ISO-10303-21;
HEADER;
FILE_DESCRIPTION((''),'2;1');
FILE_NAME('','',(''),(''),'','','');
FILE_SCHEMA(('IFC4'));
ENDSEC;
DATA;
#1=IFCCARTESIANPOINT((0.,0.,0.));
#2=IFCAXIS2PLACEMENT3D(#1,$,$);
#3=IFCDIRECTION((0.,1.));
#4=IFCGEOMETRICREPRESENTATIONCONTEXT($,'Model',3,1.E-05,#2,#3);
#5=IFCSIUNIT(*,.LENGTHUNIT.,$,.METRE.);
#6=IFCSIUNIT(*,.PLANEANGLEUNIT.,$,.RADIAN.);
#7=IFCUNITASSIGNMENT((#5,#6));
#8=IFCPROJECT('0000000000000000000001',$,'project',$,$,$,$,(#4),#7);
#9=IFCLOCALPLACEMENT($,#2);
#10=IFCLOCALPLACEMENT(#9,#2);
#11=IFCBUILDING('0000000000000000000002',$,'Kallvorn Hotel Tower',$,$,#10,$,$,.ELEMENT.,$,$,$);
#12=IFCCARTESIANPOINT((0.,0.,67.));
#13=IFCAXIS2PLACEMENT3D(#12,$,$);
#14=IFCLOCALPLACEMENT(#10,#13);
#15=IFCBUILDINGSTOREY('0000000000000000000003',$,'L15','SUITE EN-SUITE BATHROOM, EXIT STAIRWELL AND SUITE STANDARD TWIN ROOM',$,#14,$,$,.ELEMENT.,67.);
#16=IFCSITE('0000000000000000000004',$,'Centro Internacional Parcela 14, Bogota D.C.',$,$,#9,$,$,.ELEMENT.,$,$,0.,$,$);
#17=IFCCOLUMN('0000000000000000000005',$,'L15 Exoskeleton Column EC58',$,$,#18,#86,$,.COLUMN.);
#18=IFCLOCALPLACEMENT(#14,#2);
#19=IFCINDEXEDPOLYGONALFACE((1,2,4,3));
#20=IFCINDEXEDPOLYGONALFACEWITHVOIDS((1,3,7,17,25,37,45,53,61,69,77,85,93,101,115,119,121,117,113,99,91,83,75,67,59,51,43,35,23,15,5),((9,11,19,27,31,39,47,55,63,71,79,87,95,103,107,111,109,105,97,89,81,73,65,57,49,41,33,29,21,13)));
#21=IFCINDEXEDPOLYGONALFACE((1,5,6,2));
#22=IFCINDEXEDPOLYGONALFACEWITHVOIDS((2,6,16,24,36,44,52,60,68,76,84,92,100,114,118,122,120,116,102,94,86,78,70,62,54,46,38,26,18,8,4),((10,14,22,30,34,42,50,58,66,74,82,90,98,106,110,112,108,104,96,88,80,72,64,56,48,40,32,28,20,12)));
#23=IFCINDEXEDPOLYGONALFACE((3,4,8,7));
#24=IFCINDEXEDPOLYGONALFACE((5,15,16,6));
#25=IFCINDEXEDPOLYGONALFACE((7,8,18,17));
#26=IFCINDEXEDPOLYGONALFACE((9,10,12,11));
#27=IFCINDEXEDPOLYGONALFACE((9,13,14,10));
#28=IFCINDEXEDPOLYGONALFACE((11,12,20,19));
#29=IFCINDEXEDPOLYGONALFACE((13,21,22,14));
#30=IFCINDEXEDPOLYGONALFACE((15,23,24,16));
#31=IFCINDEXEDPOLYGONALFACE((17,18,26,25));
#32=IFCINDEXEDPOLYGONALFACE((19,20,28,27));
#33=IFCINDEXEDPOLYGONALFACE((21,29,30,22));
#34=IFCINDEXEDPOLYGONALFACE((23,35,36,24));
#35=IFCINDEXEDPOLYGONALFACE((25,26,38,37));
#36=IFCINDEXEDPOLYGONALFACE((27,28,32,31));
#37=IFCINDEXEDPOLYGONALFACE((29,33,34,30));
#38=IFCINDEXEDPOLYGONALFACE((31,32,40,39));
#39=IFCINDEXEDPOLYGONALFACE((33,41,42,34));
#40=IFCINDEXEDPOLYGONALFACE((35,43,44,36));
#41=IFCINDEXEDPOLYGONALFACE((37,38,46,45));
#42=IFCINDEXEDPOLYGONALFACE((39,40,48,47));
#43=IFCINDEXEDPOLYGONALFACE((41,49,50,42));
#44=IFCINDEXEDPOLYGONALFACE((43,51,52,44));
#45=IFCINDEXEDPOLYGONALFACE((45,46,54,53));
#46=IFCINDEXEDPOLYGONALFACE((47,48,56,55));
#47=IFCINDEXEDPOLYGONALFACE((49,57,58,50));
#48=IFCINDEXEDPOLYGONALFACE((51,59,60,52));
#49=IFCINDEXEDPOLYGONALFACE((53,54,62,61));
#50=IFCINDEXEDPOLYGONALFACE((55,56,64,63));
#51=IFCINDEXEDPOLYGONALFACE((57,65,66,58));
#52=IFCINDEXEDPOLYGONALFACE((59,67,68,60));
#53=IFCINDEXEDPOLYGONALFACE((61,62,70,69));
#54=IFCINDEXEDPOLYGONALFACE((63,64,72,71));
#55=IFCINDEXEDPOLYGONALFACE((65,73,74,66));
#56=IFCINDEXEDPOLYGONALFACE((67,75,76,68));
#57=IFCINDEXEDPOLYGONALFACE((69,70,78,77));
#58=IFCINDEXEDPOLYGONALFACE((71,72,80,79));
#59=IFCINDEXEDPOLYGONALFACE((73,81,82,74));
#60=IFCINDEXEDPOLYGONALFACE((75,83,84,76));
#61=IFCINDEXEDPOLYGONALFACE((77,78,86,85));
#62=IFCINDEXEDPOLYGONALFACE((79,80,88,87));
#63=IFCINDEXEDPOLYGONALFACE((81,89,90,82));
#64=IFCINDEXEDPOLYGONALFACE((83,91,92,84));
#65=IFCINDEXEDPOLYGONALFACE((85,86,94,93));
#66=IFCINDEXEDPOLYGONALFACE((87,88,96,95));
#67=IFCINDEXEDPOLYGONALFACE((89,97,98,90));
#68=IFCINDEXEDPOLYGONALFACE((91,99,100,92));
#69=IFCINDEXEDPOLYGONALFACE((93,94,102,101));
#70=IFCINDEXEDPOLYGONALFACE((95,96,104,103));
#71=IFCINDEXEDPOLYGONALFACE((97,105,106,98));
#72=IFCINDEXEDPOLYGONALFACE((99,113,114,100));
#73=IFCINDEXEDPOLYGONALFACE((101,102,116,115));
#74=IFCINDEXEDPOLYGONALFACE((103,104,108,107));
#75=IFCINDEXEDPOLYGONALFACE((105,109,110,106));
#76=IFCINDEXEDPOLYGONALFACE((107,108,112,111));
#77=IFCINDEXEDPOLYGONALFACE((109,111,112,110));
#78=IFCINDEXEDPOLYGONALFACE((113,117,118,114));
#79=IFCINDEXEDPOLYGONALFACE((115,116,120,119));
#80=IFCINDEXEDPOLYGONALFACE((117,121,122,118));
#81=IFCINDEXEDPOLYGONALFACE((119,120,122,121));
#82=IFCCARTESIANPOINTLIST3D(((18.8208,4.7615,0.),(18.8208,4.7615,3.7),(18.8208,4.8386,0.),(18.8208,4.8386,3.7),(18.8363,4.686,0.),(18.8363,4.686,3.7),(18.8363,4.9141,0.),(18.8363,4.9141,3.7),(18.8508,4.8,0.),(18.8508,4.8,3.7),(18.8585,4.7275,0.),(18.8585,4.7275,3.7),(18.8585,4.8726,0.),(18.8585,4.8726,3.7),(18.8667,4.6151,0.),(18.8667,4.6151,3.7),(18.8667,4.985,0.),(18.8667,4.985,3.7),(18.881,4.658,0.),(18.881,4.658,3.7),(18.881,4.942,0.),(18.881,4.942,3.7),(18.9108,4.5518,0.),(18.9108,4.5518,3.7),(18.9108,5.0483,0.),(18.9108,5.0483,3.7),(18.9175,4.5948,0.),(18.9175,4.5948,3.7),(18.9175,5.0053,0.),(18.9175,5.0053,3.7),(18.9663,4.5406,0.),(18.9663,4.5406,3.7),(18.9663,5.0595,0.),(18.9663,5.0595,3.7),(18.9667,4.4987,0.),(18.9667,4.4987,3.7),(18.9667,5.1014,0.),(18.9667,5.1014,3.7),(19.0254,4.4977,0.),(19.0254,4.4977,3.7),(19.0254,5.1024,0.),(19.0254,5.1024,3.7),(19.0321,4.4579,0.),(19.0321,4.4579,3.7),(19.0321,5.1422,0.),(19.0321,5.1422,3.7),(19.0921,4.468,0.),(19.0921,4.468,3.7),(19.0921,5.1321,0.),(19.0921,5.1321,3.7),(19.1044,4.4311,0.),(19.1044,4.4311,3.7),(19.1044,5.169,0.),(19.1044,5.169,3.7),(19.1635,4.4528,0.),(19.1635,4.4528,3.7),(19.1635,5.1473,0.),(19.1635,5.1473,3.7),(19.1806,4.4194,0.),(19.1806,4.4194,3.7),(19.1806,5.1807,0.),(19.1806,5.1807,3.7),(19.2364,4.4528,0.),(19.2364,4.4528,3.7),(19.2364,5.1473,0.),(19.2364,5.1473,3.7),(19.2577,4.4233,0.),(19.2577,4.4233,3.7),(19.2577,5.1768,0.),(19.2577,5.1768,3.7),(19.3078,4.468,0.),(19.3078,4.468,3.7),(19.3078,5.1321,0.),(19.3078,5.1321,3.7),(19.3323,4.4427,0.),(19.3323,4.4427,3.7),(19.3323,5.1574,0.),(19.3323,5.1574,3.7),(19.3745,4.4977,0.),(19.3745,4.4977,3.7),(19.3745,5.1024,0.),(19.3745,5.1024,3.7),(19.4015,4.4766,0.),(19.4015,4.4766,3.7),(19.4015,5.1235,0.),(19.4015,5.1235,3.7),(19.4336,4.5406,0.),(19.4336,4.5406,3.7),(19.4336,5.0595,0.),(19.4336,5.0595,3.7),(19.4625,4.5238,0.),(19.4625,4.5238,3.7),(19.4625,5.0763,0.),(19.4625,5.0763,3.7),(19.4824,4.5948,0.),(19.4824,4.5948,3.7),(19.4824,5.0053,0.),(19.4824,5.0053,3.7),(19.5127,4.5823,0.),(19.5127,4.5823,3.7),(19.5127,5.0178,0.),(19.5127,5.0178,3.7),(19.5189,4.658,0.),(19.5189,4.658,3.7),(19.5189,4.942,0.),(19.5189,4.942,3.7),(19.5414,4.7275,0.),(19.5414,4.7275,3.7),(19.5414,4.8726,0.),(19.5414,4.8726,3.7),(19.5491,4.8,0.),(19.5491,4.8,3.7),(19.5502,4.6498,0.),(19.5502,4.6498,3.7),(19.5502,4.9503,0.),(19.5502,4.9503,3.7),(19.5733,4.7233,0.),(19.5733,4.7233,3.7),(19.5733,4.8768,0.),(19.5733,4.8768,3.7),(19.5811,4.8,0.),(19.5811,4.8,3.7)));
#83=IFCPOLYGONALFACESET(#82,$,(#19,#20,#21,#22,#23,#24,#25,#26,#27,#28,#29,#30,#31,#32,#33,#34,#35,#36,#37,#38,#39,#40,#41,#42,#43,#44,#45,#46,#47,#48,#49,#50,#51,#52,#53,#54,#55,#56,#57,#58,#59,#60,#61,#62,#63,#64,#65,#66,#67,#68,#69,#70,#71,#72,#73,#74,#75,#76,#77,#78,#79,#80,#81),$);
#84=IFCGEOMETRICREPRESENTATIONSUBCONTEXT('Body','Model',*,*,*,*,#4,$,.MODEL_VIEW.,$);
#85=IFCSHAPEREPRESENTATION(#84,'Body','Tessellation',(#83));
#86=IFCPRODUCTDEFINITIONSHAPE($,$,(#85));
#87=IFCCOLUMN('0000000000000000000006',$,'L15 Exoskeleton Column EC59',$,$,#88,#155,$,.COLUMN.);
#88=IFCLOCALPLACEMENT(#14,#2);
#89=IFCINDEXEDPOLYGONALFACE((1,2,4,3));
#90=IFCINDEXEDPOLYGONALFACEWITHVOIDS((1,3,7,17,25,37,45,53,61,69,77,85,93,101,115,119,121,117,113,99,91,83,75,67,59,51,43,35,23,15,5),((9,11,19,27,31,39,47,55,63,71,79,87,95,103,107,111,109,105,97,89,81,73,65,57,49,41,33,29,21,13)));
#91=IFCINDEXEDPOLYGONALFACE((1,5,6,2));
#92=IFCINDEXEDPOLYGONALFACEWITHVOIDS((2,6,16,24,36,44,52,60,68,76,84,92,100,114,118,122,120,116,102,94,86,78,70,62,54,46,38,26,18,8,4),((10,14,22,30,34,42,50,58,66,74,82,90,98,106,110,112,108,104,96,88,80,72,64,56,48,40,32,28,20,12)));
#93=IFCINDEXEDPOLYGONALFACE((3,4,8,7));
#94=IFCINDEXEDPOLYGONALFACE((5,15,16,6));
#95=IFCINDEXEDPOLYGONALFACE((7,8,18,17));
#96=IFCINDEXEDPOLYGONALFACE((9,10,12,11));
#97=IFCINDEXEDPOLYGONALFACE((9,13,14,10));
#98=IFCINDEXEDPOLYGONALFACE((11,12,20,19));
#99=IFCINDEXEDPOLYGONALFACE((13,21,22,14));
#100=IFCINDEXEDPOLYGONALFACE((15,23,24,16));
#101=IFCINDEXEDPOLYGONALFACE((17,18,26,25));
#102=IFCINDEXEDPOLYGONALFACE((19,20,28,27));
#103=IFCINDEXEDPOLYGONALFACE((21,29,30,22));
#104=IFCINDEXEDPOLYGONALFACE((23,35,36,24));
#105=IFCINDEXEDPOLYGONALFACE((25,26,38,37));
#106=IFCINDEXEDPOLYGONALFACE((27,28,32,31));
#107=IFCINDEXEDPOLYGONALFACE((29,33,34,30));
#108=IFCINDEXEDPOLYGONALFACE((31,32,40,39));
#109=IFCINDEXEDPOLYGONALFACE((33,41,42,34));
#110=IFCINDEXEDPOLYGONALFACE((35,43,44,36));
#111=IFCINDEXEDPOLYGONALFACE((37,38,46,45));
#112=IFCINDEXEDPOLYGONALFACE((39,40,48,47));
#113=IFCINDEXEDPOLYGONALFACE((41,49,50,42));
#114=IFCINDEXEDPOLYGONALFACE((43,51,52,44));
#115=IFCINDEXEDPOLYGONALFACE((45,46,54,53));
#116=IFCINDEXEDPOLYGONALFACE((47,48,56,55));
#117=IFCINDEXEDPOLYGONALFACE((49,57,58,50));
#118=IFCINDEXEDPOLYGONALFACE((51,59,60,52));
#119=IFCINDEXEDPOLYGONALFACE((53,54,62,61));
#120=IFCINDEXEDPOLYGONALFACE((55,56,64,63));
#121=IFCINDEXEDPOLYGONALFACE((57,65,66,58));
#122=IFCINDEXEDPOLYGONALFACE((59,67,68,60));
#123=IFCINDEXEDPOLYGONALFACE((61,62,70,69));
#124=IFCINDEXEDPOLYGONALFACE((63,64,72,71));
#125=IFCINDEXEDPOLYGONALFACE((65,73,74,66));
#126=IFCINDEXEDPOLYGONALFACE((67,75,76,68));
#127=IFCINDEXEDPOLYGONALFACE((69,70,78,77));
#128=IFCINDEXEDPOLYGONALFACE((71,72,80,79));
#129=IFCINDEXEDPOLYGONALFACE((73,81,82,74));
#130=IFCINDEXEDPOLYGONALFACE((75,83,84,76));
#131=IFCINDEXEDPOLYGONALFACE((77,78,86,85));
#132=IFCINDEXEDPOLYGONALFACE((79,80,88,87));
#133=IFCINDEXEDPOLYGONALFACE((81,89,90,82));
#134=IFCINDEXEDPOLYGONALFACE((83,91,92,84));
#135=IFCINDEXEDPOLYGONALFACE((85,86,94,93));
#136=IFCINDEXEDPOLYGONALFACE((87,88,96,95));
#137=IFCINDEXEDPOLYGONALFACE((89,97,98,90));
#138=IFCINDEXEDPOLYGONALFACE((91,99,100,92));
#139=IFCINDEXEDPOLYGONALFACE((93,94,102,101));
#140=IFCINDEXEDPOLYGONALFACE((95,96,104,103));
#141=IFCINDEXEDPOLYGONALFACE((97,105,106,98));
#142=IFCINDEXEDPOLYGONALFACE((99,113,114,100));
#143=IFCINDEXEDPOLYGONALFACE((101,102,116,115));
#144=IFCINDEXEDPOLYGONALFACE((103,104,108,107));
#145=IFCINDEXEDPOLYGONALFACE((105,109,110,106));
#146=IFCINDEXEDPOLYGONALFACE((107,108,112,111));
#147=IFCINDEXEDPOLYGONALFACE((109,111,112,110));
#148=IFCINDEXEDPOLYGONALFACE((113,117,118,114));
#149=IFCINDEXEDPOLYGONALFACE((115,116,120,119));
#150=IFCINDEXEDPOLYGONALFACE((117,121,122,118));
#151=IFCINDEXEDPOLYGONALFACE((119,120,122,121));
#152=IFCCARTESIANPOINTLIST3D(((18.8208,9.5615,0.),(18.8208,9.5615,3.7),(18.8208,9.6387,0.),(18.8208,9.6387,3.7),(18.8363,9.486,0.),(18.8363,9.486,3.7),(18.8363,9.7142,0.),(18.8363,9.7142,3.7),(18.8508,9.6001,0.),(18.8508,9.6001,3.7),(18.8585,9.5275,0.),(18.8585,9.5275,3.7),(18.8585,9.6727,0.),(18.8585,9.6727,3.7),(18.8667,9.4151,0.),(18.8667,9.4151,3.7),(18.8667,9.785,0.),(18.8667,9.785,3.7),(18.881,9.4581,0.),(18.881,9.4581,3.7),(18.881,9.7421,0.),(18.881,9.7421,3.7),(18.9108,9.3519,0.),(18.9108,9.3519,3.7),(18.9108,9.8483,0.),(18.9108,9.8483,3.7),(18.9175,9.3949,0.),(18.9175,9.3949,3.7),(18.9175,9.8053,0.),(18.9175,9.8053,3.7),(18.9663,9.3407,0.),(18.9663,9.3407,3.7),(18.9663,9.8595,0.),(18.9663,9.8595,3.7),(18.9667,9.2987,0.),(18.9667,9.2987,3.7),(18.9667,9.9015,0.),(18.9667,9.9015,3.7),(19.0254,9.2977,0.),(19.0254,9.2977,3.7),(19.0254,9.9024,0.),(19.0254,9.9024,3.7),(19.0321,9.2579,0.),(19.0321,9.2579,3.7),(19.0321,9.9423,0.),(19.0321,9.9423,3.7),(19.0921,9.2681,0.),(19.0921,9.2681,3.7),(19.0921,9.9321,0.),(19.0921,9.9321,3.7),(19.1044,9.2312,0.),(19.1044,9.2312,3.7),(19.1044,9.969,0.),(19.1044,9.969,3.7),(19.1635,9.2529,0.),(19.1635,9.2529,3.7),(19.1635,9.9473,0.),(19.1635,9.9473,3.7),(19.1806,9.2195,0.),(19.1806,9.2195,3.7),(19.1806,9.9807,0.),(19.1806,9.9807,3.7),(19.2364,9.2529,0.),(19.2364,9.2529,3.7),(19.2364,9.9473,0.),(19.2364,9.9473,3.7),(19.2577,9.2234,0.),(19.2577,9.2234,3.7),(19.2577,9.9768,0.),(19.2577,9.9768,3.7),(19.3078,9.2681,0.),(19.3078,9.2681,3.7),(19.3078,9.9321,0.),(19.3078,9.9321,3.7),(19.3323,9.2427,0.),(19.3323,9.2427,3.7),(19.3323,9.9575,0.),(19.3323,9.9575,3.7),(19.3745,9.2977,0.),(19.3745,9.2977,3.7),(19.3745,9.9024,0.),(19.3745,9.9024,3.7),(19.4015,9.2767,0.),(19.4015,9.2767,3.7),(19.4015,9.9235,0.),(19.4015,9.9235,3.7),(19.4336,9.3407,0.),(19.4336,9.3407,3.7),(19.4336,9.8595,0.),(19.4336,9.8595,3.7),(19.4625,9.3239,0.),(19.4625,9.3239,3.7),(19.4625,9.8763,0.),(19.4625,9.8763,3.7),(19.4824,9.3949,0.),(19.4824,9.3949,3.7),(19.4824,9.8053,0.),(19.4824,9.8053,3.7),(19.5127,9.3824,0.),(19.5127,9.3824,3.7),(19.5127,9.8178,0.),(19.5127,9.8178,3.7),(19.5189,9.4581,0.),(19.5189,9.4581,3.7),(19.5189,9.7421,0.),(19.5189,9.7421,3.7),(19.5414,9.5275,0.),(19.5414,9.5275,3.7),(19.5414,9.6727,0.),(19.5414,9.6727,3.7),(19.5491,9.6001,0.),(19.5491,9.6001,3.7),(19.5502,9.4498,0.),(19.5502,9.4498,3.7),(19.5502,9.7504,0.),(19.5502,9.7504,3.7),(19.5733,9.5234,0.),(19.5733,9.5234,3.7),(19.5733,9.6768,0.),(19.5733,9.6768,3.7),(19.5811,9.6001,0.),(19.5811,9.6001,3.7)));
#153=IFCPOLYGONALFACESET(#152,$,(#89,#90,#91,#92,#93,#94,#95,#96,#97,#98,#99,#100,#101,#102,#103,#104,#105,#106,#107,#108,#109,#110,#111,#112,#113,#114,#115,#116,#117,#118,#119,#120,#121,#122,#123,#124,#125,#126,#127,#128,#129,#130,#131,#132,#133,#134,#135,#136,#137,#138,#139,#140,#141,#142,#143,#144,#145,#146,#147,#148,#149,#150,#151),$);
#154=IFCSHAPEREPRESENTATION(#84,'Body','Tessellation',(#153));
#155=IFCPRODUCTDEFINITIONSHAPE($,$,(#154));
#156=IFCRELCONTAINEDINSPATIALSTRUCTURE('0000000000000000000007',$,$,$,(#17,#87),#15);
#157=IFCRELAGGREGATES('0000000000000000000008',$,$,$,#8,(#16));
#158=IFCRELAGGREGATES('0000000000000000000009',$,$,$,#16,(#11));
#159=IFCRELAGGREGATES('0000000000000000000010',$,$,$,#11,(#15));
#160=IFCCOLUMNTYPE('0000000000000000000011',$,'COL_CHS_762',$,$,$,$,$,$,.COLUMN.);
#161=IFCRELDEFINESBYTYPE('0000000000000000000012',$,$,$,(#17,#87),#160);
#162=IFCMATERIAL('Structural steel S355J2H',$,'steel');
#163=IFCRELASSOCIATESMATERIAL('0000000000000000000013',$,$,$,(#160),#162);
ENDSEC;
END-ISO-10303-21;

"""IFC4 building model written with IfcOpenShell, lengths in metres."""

from ifc_helpers import new_model, si_unit, direction, frame, origin, origin_2d, place, context, subcontext, project, spatial, hollow_circle, extrude, material, material_profile, profile_set, type_object, element, save


model = new_model("IFC4")

# Units and contexts
model_context = context("Model", 3, precision=1e-05, world=origin(), true_north=direction((0.0, 1.0)))
body_context = subcontext(model_context, "Body", "Model", "MODEL_VIEW")
ifc_project = project(units=[si_unit("LENGTHUNIT", "METRE"), si_unit("PLANEANGLEUNIT", "RADIAN")], contexts=[model_context])

# Site, building, storey
site_placement = place(None, origin())
site = spatial("IfcSite", under=ifc_project, at=site_placement, Name="Centro Internacional Parcela 14, Bogota D.C.", CompositionType="ELEMENT", RefElevation=0.0)
building_placement = place(site_placement, origin())
building = spatial("IfcBuilding", under=site, at=building_placement, Name="Kallvorn Hotel Tower", CompositionType="ELEMENT")
storey_placement = place(building_placement, frame((0.0, 0.0, 67.0)))
storey = spatial("IfcBuildingStorey", under=building, at=storey_placement, Name="L15", Description="SUITE EN-SUITE BATHROOM, EXIT STAIRWELL AND SUITE STANDARD TWIN ROOM", CompositionType="ELEMENT", Elevation=67.0)

# Columns
ifc_material_1 = material(Name="Structural steel S355J2H", Category="steel")
ifc_material_profile_1 = material_profile(ifc_material_1, hollow_circle(Radius=0.3811, WallThickness=0.032, at=origin_2d()), Name="CHS 762x32")
ifc_profile_set_1 = profile_set([ifc_material_profile_1], Name="Structural steel S355J2H")
column_type_1 = type_object("IfcColumnType", Name="COL_CHS_762", PredefinedType="COLUMN", material=ifc_profile_set_1)
for number, where, z_axis, x_axis, name in (
    (1, (19.2, 4.8, 0.0), (0.0, 0.0, 1.0), (1.0, 0.0, 0.0), "L15 Exoskeleton Column EC58"),
    (2, (19.2, 9.6001, 0.0), (0.0, 0.0, 1.0), (1.0, 0.0, 0.0), "L15 Exoskeleton Column EC59"),
):
    element("IfcColumn", number, at=place(storey_placement, frame(where, z_axis=z_axis, x_axis=x_axis)), inside=storey, type_object=column_type_1, Name=name, PredefinedType="COLUMN", context=body_context, shape_type="SweptSolid", body=[
        extrude(hollow_circle(Radius=0.3811, WallThickness=0.032, at=origin_2d()), origin(), (0.0, 0.0, 1.0), 3.7),
    ])

save(model, "model.ifc")
